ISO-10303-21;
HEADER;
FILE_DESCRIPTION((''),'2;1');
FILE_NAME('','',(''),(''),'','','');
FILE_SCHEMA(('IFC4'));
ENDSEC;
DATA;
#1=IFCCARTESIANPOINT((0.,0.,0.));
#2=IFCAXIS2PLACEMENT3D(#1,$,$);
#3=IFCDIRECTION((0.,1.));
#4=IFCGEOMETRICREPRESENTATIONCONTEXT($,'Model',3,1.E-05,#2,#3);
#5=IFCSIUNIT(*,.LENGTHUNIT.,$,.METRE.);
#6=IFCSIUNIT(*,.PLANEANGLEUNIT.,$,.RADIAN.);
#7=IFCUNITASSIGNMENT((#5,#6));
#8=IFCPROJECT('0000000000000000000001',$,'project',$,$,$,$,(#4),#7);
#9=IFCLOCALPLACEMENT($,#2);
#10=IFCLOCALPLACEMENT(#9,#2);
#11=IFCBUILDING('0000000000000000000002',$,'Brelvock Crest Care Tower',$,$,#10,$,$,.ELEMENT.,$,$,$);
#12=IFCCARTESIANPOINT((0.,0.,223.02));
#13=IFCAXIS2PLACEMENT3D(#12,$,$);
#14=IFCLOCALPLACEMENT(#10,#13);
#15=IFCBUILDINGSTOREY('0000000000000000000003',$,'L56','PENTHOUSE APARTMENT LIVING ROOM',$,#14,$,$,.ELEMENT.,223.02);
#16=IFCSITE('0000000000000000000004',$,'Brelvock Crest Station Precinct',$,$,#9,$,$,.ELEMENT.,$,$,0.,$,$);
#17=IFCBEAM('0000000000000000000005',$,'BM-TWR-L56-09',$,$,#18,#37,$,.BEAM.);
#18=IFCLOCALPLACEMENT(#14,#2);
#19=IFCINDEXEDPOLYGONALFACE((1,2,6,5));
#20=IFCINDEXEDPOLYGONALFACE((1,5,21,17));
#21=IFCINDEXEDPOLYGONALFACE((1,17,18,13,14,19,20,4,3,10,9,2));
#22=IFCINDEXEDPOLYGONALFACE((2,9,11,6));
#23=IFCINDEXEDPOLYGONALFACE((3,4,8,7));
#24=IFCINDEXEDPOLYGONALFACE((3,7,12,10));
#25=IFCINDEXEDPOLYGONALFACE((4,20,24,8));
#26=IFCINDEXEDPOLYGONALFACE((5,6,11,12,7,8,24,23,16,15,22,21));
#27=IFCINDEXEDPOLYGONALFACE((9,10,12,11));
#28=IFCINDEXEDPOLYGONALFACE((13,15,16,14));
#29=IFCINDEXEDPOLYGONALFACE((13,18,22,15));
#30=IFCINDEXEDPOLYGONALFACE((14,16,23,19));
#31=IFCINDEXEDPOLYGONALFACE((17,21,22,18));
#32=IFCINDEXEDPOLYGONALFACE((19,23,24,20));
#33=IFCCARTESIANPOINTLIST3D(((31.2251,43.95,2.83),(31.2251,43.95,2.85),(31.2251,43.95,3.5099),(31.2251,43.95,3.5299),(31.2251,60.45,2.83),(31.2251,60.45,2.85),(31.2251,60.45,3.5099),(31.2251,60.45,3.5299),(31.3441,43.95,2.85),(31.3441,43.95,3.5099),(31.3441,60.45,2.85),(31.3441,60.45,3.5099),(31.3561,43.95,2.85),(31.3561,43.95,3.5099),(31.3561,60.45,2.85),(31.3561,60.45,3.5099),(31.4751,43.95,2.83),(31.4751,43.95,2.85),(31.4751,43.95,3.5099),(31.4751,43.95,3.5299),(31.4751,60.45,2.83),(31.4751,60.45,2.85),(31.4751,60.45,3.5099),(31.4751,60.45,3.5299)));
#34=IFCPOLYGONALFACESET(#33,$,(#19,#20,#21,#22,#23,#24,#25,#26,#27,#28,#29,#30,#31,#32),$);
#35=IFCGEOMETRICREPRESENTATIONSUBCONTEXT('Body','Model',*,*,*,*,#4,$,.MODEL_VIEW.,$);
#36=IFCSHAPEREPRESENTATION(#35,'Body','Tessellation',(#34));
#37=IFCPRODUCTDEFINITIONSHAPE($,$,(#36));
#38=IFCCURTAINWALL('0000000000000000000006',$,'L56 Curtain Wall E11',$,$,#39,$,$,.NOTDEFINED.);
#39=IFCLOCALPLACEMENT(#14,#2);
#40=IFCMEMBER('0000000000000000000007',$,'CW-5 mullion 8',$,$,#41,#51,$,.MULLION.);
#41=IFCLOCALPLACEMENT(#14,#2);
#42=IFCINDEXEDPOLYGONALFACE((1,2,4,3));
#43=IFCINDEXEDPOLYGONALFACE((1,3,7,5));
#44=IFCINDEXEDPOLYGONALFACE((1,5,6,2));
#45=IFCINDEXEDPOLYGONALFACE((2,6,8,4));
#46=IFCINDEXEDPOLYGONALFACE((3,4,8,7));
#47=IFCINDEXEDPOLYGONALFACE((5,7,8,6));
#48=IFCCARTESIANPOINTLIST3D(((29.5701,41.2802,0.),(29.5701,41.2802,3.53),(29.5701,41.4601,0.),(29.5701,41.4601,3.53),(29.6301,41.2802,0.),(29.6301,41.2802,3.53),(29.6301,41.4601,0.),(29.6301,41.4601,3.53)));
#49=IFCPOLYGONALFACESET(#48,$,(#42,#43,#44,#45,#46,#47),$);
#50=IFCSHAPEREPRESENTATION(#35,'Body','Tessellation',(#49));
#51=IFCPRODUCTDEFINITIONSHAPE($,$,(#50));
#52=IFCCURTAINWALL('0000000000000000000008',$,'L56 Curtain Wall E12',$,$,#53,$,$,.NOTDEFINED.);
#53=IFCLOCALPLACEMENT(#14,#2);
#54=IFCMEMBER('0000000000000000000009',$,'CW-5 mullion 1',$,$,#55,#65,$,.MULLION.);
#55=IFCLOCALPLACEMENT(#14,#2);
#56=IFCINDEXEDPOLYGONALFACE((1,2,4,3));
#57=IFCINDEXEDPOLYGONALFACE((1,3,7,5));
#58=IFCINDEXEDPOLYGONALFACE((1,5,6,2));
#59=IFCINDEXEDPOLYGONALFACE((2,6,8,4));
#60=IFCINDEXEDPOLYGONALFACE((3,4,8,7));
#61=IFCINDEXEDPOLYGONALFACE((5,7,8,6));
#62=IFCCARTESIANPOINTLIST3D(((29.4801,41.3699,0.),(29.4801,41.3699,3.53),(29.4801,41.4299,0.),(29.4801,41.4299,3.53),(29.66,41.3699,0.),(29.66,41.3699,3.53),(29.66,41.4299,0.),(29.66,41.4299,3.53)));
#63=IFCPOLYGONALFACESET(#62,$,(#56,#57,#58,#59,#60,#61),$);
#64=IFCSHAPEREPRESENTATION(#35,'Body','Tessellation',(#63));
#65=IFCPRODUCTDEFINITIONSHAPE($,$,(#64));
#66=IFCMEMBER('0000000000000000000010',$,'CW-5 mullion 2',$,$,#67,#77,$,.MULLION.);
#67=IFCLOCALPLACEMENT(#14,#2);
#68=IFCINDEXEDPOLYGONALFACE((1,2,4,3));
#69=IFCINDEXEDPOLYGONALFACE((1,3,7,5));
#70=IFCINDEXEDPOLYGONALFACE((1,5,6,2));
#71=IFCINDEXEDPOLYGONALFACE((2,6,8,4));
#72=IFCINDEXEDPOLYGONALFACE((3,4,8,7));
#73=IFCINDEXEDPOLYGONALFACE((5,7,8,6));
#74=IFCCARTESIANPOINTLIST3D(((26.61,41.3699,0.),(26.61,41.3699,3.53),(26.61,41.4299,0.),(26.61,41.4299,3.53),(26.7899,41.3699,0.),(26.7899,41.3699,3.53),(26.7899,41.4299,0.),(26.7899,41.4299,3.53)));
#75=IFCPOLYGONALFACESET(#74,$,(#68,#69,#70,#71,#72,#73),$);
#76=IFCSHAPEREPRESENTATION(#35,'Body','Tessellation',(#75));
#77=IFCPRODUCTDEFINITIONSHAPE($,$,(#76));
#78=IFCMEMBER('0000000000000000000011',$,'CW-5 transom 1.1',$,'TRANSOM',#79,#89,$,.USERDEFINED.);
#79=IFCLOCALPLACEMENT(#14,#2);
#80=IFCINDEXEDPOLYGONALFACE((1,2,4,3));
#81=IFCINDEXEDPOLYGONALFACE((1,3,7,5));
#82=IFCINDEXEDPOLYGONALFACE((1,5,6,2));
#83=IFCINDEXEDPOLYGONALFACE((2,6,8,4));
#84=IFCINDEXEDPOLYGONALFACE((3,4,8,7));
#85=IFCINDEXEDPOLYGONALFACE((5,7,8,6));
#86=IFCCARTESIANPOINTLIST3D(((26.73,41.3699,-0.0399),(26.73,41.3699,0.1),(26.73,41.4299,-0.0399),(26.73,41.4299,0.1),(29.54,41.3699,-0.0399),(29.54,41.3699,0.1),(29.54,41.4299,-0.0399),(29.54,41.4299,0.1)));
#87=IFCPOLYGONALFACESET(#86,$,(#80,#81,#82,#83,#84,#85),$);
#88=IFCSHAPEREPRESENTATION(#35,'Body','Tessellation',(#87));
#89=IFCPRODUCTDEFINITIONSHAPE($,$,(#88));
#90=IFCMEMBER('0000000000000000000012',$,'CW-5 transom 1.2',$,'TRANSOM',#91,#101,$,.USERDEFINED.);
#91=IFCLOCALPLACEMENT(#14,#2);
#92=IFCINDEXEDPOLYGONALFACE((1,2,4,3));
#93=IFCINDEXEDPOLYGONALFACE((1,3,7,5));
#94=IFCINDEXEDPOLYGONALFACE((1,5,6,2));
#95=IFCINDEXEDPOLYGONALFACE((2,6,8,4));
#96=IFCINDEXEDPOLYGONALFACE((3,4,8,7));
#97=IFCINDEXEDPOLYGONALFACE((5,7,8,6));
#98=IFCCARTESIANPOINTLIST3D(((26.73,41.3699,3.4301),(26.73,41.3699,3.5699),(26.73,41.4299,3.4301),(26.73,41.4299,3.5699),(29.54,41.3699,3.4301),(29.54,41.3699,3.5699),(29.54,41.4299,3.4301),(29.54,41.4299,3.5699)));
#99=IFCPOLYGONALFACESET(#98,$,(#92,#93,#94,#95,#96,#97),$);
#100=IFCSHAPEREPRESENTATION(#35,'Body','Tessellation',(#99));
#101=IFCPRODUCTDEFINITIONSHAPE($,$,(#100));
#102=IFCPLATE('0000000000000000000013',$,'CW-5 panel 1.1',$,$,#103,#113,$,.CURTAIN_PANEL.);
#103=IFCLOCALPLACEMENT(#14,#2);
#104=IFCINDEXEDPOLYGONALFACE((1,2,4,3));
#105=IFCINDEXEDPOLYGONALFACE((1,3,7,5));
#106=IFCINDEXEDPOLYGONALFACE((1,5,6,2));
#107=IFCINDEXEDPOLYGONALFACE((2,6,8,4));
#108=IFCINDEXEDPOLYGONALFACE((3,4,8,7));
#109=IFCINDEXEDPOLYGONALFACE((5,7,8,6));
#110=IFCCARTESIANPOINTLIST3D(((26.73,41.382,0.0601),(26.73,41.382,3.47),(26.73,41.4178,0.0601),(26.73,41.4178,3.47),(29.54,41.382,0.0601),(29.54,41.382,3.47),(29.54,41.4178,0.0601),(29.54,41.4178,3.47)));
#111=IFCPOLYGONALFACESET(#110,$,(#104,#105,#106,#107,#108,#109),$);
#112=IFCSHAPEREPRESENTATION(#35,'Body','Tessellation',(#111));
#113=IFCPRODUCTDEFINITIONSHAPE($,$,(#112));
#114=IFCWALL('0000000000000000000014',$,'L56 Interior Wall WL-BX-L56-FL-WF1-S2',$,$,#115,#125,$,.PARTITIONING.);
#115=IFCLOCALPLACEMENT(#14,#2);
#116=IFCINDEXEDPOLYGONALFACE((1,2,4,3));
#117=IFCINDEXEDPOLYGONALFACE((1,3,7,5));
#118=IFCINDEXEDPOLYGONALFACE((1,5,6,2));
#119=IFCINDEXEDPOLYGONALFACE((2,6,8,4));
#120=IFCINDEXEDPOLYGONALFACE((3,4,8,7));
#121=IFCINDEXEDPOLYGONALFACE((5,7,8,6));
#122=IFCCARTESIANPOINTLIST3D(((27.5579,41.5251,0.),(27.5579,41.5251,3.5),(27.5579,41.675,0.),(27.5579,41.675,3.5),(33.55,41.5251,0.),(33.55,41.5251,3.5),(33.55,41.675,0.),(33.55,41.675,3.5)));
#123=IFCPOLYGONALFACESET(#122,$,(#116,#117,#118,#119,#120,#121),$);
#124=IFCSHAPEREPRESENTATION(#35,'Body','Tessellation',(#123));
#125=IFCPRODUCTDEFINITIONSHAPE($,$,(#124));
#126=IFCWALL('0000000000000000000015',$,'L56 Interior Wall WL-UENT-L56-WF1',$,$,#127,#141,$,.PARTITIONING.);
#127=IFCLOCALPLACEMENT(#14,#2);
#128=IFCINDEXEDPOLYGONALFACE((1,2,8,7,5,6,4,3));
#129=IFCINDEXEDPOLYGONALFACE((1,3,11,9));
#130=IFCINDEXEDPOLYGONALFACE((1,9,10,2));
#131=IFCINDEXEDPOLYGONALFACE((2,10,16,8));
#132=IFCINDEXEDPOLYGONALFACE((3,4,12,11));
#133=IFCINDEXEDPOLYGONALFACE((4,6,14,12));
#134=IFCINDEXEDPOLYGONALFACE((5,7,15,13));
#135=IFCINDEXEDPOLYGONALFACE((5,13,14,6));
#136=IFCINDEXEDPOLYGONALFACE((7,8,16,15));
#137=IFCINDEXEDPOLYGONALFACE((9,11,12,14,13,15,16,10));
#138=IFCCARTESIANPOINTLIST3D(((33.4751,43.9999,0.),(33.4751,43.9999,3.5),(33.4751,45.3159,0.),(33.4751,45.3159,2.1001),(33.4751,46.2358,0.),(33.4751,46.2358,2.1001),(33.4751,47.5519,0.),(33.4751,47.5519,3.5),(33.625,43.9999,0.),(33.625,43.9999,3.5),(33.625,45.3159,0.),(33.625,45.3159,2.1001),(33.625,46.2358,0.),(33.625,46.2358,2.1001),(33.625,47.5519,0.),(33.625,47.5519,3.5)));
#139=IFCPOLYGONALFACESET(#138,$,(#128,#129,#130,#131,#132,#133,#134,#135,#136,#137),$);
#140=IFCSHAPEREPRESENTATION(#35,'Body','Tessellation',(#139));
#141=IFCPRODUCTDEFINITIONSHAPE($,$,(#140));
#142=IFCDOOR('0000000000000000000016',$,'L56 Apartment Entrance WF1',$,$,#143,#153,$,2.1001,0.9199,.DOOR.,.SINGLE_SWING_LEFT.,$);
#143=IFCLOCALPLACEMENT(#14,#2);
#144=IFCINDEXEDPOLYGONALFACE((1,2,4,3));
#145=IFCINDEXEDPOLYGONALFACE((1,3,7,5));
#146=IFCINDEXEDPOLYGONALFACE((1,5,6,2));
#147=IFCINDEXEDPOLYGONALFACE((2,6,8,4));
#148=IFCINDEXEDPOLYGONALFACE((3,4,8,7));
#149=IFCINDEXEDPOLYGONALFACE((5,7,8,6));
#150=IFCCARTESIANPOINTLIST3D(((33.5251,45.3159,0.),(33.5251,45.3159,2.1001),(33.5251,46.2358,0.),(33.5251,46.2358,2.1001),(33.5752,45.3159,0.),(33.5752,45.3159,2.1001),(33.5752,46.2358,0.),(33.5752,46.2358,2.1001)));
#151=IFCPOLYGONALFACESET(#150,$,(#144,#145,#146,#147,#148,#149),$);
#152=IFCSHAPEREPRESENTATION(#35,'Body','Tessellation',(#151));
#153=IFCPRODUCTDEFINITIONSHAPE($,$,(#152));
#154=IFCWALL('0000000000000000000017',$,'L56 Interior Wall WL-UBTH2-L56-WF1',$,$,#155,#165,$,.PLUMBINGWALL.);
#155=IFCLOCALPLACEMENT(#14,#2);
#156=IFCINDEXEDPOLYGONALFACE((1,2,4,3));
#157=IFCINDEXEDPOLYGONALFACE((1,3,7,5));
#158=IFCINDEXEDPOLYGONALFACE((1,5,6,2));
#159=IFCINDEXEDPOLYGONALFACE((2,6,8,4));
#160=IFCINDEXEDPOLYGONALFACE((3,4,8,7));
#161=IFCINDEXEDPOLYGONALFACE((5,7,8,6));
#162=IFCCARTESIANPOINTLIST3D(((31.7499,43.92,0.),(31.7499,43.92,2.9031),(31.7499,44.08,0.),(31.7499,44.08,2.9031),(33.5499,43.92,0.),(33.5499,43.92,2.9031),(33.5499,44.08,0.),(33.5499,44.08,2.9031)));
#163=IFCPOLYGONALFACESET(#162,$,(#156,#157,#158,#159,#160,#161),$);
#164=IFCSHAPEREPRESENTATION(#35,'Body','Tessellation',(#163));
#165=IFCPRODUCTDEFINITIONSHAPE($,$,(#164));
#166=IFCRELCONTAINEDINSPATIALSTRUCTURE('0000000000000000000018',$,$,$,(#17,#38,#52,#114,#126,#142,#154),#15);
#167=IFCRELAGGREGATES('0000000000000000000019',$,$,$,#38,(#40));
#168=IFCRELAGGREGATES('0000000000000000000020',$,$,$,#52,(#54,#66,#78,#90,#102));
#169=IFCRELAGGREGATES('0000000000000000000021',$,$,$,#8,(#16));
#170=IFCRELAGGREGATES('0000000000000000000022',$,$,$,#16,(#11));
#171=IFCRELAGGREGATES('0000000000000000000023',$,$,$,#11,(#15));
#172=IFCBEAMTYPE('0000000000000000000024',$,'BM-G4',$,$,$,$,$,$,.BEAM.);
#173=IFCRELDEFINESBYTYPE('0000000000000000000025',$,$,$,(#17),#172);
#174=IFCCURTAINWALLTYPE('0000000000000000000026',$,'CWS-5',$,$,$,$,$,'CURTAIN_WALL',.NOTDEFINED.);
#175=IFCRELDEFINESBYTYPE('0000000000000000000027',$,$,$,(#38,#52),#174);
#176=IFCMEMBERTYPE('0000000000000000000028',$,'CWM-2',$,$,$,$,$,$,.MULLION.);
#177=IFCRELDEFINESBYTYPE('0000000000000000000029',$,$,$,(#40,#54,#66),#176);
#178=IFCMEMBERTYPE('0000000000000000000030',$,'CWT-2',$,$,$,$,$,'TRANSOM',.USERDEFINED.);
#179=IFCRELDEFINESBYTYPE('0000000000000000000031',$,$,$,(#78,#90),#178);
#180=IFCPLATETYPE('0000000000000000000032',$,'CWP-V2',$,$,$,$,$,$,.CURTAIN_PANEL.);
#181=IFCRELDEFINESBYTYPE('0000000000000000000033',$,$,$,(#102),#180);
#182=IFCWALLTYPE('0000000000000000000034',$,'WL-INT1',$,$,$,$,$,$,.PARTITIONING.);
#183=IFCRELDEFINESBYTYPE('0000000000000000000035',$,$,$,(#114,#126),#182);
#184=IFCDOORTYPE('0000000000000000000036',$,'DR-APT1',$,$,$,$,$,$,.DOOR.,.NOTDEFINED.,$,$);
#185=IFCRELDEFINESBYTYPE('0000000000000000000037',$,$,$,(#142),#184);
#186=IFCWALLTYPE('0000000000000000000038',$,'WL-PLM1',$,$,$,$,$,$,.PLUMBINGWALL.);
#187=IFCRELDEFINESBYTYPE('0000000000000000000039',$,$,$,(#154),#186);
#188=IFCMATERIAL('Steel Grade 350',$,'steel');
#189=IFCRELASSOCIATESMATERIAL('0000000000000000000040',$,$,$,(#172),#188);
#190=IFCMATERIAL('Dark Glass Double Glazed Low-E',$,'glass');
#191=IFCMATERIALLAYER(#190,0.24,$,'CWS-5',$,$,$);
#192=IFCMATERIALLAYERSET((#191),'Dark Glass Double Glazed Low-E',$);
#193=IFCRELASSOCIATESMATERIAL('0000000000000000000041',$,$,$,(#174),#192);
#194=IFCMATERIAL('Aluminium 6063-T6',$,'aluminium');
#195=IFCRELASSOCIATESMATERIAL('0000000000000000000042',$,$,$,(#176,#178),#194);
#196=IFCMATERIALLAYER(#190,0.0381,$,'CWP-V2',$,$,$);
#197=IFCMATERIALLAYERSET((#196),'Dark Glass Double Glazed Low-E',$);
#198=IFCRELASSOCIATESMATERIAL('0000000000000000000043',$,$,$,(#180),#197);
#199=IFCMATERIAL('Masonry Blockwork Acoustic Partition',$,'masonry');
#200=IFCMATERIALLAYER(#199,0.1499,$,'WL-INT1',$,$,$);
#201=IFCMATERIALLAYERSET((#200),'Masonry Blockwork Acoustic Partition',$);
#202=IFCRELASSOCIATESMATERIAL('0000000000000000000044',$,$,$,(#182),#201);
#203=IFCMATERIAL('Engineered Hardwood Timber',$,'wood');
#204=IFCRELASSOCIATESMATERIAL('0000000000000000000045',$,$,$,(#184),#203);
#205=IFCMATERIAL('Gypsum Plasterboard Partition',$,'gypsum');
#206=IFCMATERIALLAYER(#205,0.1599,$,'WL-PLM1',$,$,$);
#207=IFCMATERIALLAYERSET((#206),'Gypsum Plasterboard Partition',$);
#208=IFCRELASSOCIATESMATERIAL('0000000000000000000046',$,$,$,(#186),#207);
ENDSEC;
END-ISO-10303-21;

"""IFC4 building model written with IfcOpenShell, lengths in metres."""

from ifc_helpers import new_model, si_unit, direction, frame, frame_2d, origin, origin_2d, place, context, subcontext, project, spatial, rectangle, i_section, extrude, source, transform, mapped, material, layer, layer_set, material_profile, profile_set, type_object, element, fill, aggregate, save


model = new_model("IFC4")

# Units and contexts
model_context = context("Model", 3, precision=1e-05, world=origin(), true_north=direction((0.0, 1.0)))
body_context = subcontext(model_context, "Body", "Model", "MODEL_VIEW")
ifc_project = project(units=[si_unit("LENGTHUNIT", "METRE"), si_unit("PLANEANGLEUNIT", "RADIAN")], contexts=[model_context])

# Site, building, storey
site_placement = place(None, origin())
site = spatial("IfcSite", under=ifc_project, at=site_placement, Name="Brelvock Crest Station Precinct", CompositionType="ELEMENT", RefElevation=0.0)
building_placement = place(site_placement, origin())
building = spatial("IfcBuilding", under=site, at=building_placement, Name="Brelvock Crest Care Tower", CompositionType="ELEMENT")
storey_placement = place(building_placement, frame((0.0, 0.0, 223.02)))
storey = spatial("IfcBuildingStorey", under=building, at=storey_placement, Name="L56", Description="PENTHOUSE APARTMENT LIVING ROOM", CompositionType="ELEMENT", Elevation=223.02)

# Shared definitions
ifc_material_1 = material(Name="Steel Grade 350", Category="steel")

# Beam
ifc_material_profile_1 = material_profile(ifc_material_1, i_section(OverallWidth=0.25, OverallDepth=0.7, WebThickness=0.012, FlangeThickness=0.02, at=origin_2d()), Name="700WB150")
ifc_profile_set_1 = profile_set([ifc_material_profile_1], Name="Steel Grade 350")
beam_type_1 = type_object("IfcBeamType", Name="BM-G4", PredefinedType="BEAM", material=ifc_profile_set_1)
shared_shape_1 = source(origin(), body_context, "Body", "SweptSolid", [
    extrude(i_section(OverallWidth=0.25, OverallDepth=0.7, WebThickness=0.012, FlangeThickness=0.02, at=origin_2d()), origin(), (0.0, 0.0, 1.0), 16.5),
])
beam_1_placement = place(storey_placement, frame((31.3501, 43.95, 3.1799), z_axis=(0.0, 1.0, 0.0), x_axis=(-1.0, 0.0, 0.0)))
element("IfcBeam", 1, at=beam_1_placement, inside=storey, type_object=beam_type_1, Name="BM-TWR-L56-09", PredefinedType="BEAM", context=body_context, shape_type="MappedRepresentation", body=[
    mapped(shared_shape_1, transform((0.0, 0.0, 0.0), x_axis=(1.0, 0.0, 0.0), y_axis=(0.0, 1.0, 0.0), z_axis=(0.0, 0.0, 1.0), scale=1.0)),
])

# Curtain wall, member
ifc_material_2 = material(Name="Dark Glass Double Glazed Low-E", Category="glass")
ifc_layer_1 = layer(ifc_material_2, 0.24, Name="CWS-5")
ifc_layer_set_1 = layer_set([ifc_layer_1], Name="Dark Glass Double Glazed Low-E")
curtain_wall_type = type_object("IfcCurtainWallType", Name="CWS-5", ElementType="CURTAIN_WALL", PredefinedType="NOTDEFINED", material=ifc_layer_set_1)
curtain_wall_1_placement = place(storey_placement, origin())
curtain_wall_1 = element("IfcCurtainWall", 2, at=curtain_wall_1_placement, inside=storey, type_object=curtain_wall_type, Name="L56 Curtain Wall E11", PredefinedType="NOTDEFINED")
ifc_material_3 = material(Name="Aluminium 6063-T6", Category="aluminium")
ifc_material_profile_2 = material_profile(ifc_material_3, rectangle(XDim=0.0601, YDim=0.1799, at=origin_2d()), Name="ALU60x180")
ifc_profile_set_2 = profile_set([ifc_material_profile_2], Name="Aluminium 6063-T6")
member_type_1 = type_object("IfcMemberType", Name="CWM-2", PredefinedType="MULLION", material=ifc_profile_set_2)
shared_shape_2 = source(origin(), body_context, "Body", "SweptSolid", [
    extrude(rectangle(XDim=0.0601, YDim=0.1799, at=origin_2d()), origin(), (0.0, 0.0, 1.0), 3.53),
])
member_1_placement = place(storey_placement, frame((29.6001, 41.3701, 0.0), z_axis=(0.0, 0.0, 1.0), x_axis=(-1.0, 0.0, 0.0)))
member_1 = element("IfcMember", 3, at=member_1_placement, type_object=member_type_1, Name="CW-5 mullion 8", PredefinedType="MULLION", context=body_context, shape_type="MappedRepresentation", body=[
    mapped(shared_shape_2, transform((0.0, 0.0, 0.0), x_axis=(1.0, 0.0, 0.0), y_axis=(0.0, 1.0, 0.0), z_axis=(0.0, 0.0, 1.0), scale=1.0)),
])
aggregate(curtain_wall_1, [member_1])

# Curtain wall, members, plate
curtain_wall_2_placement = place(storey_placement, origin())
curtain_wall_2 = element("IfcCurtainWall", 4, at=curtain_wall_2_placement, inside=storey, type_object=curtain_wall_type, Name="L56 Curtain Wall E12", PredefinedType="NOTDEFINED")
member_2_placement = place(storey_placement, frame((29.5701, 41.3999, 0.0), z_axis=(0.0, 0.0, 1.0), x_axis=(0.0, -1.0, 0.0)))
member_2 = element("IfcMember", 5, at=member_2_placement, type_object=member_type_1, Name="CW-5 mullion 1", PredefinedType="MULLION", context=body_context, shape_type="MappedRepresentation", body=[
    mapped(shared_shape_2, transform((0.0, 0.0, 0.0), x_axis=(1.0, 0.0, 0.0), y_axis=(0.0, 1.0, 0.0), z_axis=(0.0, 0.0, 1.0), scale=1.0)),
])
member_3_placement = place(storey_placement, frame((26.7, 41.3999, 0.0), z_axis=(0.0, 0.0, 1.0), x_axis=(0.0, -1.0, 0.0)))
member_3 = element("IfcMember", 6, at=member_3_placement, type_object=member_type_1, Name="CW-5 mullion 2", PredefinedType="MULLION", context=body_context, shape_type="MappedRepresentation", body=[
    mapped(shared_shape_2, transform((0.0, 0.0, 0.0), x_axis=(1.0, 0.0, 0.0), y_axis=(0.0, 1.0, 0.0), z_axis=(0.0, 0.0, 1.0), scale=1.0)),
])
ifc_material_profile_3 = material_profile(ifc_material_3, rectangle(XDim=0.0601, YDim=0.1399, at=origin_2d()), Name="ALU60x140")
ifc_profile_set_3 = profile_set([ifc_material_profile_3], Name="Aluminium 6063-T6")
member_type_2 = type_object("IfcMemberType", Name="CWT-2", ElementType="TRANSOM", PredefinedType="USERDEFINED", material=ifc_profile_set_3)
shared_shape_3 = source(origin(), body_context, "Body", "SweptSolid", [
    extrude(rectangle(XDim=0.0601, YDim=0.1399, at=origin_2d()), origin(), (0.0, 0.0, 1.0), 2.8101),
])
member_4_placement = place(storey_placement, frame((29.54, 41.3999, 0.03), z_axis=(-1.0, 0.0, 0.0), x_axis=(0.0, -1.0, 0.0)))
member_4 = element("IfcMember", 7, at=member_4_placement, type_object=member_type_2, Name="CW-5 transom 1.1", ObjectType="TRANSOM", PredefinedType="USERDEFINED", context=body_context, shape_type="MappedRepresentation", body=[
    mapped(shared_shape_3, transform((0.0, 0.0, 0.0), x_axis=(1.0, 0.0, 0.0), y_axis=(0.0, 1.0, 0.0), z_axis=(0.0, 0.0, 1.0), scale=1.0)),
])
member_5_placement = place(storey_placement, frame((29.54, 41.3999, 3.5), z_axis=(-1.0, 0.0, 0.0), x_axis=(0.0, -1.0, 0.0)))
member_5 = element("IfcMember", 8, at=member_5_placement, type_object=member_type_2, Name="CW-5 transom 1.2", ObjectType="TRANSOM", PredefinedType="USERDEFINED", context=body_context, shape_type="MappedRepresentation", body=[
    mapped(shared_shape_3, transform((0.0, 0.0, 0.0), x_axis=(1.0, 0.0, 0.0), y_axis=(0.0, 1.0, 0.0), z_axis=(0.0, 0.0, 1.0), scale=1.0)),
])
ifc_layer_2 = layer(ifc_material_2, 0.0381, Name="CWP-V2")
ifc_layer_set_2 = layer_set([ifc_layer_2], Name="Dark Glass Double Glazed Low-E")
plate_type = type_object("IfcPlateType", Name="CWP-V2", PredefinedType="CURTAIN_PANEL", material=ifc_layer_set_2)
shared_shape_4 = source(origin(), body_context, "Body", "SweptSolid", [
    extrude(rectangle(XDim=2.8101, YDim=0.0359, at=origin_2d()), origin(), (0.0, 0.0, 1.0), 3.4099),
])
plate_placement = place(storey_placement, frame((28.135, 41.3999, 0.0601), z_axis=(0.0, 0.0, 1.0), x_axis=(-1.0, 0.0, 0.0)))
plate = element("IfcPlate", 9, at=plate_placement, type_object=plate_type, Name="CW-5 panel 1.1", PredefinedType="CURTAIN_PANEL", context=body_context, shape_type="MappedRepresentation", body=[
    mapped(shared_shape_4, transform((0.0, 0.0, 0.0), x_axis=(1.0, 0.0, 0.0), y_axis=(0.0, 1.0, 0.0), z_axis=(0.0, 0.0, 1.0), scale=1.0)),
])
aggregate(curtain_wall_2, [member_2, member_3, member_4, member_5, plate])

# Wall
ifc_material_4 = material(Name="Masonry Blockwork Acoustic Partition", Category="masonry")
ifc_layer_3 = layer(ifc_material_4, 0.1499, Name="WL-INT1")
ifc_layer_set_3 = layer_set([ifc_layer_3], Name="Masonry Blockwork Acoustic Partition")
wall_type_1 = type_object("IfcWallType", Name="WL-INT1", PredefinedType="PARTITIONING", material=ifc_layer_set_3)
wall_1_placement = place(storey_placement, frame((27.5579, 41.6001, 0.0), z_axis=(0.0, 0.0, 1.0), x_axis=(1.0, 0.0, 0.0)))
element("IfcWall", 10, at=wall_1_placement, inside=storey, type_object=wall_type_1, Name="L56 Interior Wall WL-BX-L56-FL-WF1-S2", PredefinedType="PARTITIONING", context=body_context, shape_type="SweptSolid", body=[
    extrude(rectangle(XDim=5.9922, YDim=0.1499, at=frame_2d((2.9961, 0.0))), origin(), (0.0, 0.0, 1.0), 3.5),
])

# Wall, opening, door
wall_2_placement = place(storey_placement, frame((33.55, 44.0, 0.0), z_axis=(0.0, 0.0, 1.0), x_axis=(0.0, 1.0, 0.0)))
wall_2 = element("IfcWall", 11, at=wall_2_placement, inside=storey, type_object=wall_type_1, Name="L56 Interior Wall WL-UENT-L56-WF1", PredefinedType="PARTITIONING", context=body_context, shape_type="SweptSolid", body=[
    extrude(rectangle(XDim=3.552, YDim=0.1499, at=frame_2d((1.7759, 0.0))), origin(), (0.0, 0.0, 1.0), 3.5),
])
opening_1_placement = place(wall_2_placement, frame((1.3159, 0.0, 0.0)))
opening_1 = element("IfcOpeningElement", 12, at=opening_1_placement, cuts=wall_2, PredefinedType="OPENING", context=body_context, shape_type="SweptSolid", body=[
    extrude(rectangle(XDim=0.9199, YDim=2.1001, at=origin_2d()), frame((0.46, 0.085, 1.05), z_axis=(0.0, -1.0, 0.0), x_axis=(1.0, 0.0, 0.0)), (0.0, 0.0, 1.0), 0.1699),
])
ifc_material_5 = material(Name="Engineered Hardwood Timber", Category="wood")
door_type_1 = type_object("IfcDoorType", Name="DR-APT1", OperationType="NOTDEFINED", PredefinedType="DOOR", material=ifc_material_5)
shared_shape_5 = source(origin(), body_context, "Body", "SweptSolid", [
    extrude(rectangle(XDim=0.9199, YDim=2.1001, at=origin_2d()), frame((0.46, 0.0249, 1.05), z_axis=(0.0, -1.0, 0.0), x_axis=(1.0, 0.0, 0.0)), (0.0, 0.0, 1.0), 0.05),
])
door_1_placement = place(opening_1_placement, origin())
door_1 = element("IfcDoor", 13, at=door_1_placement, inside=storey, type_object=door_type_1, Name="L56 Apartment Entrance WF1", OperationType="SINGLE_SWING_LEFT", OverallHeight=2.1001, OverallWidth=0.9199, PredefinedType="DOOR", context=body_context, shape_type="MappedRepresentation", body=[
    mapped(shared_shape_5, transform((0.0, 0.0, 0.0), x_axis=(1.0, 0.0, 0.0), y_axis=(0.0, 1.0, 0.0), z_axis=(0.0, 0.0, 1.0), scale=1.0)),
])
fill(opening_1, door_1)

# Wall
ifc_material_6 = material(Name="Gypsum Plasterboard Partition", Category="gypsum")
ifc_layer_4 = layer(ifc_material_6, 0.1599, Name="WL-PLM1")
ifc_layer_set_4 = layer_set([ifc_layer_4], Name="Gypsum Plasterboard Partition")
wall_type_2 = type_object("IfcWallType", Name="WL-PLM1", PredefinedType="PLUMBINGWALL", material=ifc_layer_set_4)
wall_3_placement = place(storey_placement, frame((31.75, 44.0, 0.0), z_axis=(0.0, 0.0, 1.0), x_axis=(1.0, 0.0, 0.0)))
element("IfcWall", 14, at=wall_3_placement, inside=storey, type_object=wall_type_2, Name="L56 Interior Wall WL-UBTH2-L56-WF1", PredefinedType="PLUMBINGWALL", context=body_context, shape_type="SweptSolid", body=[
    extrude(rectangle(XDim=1.8, YDim=0.1599, at=frame_2d((0.8999, 0.0))), origin(), (0.0, 0.0, 1.0), 2.9031),
])

save(model, "model.ifc")
